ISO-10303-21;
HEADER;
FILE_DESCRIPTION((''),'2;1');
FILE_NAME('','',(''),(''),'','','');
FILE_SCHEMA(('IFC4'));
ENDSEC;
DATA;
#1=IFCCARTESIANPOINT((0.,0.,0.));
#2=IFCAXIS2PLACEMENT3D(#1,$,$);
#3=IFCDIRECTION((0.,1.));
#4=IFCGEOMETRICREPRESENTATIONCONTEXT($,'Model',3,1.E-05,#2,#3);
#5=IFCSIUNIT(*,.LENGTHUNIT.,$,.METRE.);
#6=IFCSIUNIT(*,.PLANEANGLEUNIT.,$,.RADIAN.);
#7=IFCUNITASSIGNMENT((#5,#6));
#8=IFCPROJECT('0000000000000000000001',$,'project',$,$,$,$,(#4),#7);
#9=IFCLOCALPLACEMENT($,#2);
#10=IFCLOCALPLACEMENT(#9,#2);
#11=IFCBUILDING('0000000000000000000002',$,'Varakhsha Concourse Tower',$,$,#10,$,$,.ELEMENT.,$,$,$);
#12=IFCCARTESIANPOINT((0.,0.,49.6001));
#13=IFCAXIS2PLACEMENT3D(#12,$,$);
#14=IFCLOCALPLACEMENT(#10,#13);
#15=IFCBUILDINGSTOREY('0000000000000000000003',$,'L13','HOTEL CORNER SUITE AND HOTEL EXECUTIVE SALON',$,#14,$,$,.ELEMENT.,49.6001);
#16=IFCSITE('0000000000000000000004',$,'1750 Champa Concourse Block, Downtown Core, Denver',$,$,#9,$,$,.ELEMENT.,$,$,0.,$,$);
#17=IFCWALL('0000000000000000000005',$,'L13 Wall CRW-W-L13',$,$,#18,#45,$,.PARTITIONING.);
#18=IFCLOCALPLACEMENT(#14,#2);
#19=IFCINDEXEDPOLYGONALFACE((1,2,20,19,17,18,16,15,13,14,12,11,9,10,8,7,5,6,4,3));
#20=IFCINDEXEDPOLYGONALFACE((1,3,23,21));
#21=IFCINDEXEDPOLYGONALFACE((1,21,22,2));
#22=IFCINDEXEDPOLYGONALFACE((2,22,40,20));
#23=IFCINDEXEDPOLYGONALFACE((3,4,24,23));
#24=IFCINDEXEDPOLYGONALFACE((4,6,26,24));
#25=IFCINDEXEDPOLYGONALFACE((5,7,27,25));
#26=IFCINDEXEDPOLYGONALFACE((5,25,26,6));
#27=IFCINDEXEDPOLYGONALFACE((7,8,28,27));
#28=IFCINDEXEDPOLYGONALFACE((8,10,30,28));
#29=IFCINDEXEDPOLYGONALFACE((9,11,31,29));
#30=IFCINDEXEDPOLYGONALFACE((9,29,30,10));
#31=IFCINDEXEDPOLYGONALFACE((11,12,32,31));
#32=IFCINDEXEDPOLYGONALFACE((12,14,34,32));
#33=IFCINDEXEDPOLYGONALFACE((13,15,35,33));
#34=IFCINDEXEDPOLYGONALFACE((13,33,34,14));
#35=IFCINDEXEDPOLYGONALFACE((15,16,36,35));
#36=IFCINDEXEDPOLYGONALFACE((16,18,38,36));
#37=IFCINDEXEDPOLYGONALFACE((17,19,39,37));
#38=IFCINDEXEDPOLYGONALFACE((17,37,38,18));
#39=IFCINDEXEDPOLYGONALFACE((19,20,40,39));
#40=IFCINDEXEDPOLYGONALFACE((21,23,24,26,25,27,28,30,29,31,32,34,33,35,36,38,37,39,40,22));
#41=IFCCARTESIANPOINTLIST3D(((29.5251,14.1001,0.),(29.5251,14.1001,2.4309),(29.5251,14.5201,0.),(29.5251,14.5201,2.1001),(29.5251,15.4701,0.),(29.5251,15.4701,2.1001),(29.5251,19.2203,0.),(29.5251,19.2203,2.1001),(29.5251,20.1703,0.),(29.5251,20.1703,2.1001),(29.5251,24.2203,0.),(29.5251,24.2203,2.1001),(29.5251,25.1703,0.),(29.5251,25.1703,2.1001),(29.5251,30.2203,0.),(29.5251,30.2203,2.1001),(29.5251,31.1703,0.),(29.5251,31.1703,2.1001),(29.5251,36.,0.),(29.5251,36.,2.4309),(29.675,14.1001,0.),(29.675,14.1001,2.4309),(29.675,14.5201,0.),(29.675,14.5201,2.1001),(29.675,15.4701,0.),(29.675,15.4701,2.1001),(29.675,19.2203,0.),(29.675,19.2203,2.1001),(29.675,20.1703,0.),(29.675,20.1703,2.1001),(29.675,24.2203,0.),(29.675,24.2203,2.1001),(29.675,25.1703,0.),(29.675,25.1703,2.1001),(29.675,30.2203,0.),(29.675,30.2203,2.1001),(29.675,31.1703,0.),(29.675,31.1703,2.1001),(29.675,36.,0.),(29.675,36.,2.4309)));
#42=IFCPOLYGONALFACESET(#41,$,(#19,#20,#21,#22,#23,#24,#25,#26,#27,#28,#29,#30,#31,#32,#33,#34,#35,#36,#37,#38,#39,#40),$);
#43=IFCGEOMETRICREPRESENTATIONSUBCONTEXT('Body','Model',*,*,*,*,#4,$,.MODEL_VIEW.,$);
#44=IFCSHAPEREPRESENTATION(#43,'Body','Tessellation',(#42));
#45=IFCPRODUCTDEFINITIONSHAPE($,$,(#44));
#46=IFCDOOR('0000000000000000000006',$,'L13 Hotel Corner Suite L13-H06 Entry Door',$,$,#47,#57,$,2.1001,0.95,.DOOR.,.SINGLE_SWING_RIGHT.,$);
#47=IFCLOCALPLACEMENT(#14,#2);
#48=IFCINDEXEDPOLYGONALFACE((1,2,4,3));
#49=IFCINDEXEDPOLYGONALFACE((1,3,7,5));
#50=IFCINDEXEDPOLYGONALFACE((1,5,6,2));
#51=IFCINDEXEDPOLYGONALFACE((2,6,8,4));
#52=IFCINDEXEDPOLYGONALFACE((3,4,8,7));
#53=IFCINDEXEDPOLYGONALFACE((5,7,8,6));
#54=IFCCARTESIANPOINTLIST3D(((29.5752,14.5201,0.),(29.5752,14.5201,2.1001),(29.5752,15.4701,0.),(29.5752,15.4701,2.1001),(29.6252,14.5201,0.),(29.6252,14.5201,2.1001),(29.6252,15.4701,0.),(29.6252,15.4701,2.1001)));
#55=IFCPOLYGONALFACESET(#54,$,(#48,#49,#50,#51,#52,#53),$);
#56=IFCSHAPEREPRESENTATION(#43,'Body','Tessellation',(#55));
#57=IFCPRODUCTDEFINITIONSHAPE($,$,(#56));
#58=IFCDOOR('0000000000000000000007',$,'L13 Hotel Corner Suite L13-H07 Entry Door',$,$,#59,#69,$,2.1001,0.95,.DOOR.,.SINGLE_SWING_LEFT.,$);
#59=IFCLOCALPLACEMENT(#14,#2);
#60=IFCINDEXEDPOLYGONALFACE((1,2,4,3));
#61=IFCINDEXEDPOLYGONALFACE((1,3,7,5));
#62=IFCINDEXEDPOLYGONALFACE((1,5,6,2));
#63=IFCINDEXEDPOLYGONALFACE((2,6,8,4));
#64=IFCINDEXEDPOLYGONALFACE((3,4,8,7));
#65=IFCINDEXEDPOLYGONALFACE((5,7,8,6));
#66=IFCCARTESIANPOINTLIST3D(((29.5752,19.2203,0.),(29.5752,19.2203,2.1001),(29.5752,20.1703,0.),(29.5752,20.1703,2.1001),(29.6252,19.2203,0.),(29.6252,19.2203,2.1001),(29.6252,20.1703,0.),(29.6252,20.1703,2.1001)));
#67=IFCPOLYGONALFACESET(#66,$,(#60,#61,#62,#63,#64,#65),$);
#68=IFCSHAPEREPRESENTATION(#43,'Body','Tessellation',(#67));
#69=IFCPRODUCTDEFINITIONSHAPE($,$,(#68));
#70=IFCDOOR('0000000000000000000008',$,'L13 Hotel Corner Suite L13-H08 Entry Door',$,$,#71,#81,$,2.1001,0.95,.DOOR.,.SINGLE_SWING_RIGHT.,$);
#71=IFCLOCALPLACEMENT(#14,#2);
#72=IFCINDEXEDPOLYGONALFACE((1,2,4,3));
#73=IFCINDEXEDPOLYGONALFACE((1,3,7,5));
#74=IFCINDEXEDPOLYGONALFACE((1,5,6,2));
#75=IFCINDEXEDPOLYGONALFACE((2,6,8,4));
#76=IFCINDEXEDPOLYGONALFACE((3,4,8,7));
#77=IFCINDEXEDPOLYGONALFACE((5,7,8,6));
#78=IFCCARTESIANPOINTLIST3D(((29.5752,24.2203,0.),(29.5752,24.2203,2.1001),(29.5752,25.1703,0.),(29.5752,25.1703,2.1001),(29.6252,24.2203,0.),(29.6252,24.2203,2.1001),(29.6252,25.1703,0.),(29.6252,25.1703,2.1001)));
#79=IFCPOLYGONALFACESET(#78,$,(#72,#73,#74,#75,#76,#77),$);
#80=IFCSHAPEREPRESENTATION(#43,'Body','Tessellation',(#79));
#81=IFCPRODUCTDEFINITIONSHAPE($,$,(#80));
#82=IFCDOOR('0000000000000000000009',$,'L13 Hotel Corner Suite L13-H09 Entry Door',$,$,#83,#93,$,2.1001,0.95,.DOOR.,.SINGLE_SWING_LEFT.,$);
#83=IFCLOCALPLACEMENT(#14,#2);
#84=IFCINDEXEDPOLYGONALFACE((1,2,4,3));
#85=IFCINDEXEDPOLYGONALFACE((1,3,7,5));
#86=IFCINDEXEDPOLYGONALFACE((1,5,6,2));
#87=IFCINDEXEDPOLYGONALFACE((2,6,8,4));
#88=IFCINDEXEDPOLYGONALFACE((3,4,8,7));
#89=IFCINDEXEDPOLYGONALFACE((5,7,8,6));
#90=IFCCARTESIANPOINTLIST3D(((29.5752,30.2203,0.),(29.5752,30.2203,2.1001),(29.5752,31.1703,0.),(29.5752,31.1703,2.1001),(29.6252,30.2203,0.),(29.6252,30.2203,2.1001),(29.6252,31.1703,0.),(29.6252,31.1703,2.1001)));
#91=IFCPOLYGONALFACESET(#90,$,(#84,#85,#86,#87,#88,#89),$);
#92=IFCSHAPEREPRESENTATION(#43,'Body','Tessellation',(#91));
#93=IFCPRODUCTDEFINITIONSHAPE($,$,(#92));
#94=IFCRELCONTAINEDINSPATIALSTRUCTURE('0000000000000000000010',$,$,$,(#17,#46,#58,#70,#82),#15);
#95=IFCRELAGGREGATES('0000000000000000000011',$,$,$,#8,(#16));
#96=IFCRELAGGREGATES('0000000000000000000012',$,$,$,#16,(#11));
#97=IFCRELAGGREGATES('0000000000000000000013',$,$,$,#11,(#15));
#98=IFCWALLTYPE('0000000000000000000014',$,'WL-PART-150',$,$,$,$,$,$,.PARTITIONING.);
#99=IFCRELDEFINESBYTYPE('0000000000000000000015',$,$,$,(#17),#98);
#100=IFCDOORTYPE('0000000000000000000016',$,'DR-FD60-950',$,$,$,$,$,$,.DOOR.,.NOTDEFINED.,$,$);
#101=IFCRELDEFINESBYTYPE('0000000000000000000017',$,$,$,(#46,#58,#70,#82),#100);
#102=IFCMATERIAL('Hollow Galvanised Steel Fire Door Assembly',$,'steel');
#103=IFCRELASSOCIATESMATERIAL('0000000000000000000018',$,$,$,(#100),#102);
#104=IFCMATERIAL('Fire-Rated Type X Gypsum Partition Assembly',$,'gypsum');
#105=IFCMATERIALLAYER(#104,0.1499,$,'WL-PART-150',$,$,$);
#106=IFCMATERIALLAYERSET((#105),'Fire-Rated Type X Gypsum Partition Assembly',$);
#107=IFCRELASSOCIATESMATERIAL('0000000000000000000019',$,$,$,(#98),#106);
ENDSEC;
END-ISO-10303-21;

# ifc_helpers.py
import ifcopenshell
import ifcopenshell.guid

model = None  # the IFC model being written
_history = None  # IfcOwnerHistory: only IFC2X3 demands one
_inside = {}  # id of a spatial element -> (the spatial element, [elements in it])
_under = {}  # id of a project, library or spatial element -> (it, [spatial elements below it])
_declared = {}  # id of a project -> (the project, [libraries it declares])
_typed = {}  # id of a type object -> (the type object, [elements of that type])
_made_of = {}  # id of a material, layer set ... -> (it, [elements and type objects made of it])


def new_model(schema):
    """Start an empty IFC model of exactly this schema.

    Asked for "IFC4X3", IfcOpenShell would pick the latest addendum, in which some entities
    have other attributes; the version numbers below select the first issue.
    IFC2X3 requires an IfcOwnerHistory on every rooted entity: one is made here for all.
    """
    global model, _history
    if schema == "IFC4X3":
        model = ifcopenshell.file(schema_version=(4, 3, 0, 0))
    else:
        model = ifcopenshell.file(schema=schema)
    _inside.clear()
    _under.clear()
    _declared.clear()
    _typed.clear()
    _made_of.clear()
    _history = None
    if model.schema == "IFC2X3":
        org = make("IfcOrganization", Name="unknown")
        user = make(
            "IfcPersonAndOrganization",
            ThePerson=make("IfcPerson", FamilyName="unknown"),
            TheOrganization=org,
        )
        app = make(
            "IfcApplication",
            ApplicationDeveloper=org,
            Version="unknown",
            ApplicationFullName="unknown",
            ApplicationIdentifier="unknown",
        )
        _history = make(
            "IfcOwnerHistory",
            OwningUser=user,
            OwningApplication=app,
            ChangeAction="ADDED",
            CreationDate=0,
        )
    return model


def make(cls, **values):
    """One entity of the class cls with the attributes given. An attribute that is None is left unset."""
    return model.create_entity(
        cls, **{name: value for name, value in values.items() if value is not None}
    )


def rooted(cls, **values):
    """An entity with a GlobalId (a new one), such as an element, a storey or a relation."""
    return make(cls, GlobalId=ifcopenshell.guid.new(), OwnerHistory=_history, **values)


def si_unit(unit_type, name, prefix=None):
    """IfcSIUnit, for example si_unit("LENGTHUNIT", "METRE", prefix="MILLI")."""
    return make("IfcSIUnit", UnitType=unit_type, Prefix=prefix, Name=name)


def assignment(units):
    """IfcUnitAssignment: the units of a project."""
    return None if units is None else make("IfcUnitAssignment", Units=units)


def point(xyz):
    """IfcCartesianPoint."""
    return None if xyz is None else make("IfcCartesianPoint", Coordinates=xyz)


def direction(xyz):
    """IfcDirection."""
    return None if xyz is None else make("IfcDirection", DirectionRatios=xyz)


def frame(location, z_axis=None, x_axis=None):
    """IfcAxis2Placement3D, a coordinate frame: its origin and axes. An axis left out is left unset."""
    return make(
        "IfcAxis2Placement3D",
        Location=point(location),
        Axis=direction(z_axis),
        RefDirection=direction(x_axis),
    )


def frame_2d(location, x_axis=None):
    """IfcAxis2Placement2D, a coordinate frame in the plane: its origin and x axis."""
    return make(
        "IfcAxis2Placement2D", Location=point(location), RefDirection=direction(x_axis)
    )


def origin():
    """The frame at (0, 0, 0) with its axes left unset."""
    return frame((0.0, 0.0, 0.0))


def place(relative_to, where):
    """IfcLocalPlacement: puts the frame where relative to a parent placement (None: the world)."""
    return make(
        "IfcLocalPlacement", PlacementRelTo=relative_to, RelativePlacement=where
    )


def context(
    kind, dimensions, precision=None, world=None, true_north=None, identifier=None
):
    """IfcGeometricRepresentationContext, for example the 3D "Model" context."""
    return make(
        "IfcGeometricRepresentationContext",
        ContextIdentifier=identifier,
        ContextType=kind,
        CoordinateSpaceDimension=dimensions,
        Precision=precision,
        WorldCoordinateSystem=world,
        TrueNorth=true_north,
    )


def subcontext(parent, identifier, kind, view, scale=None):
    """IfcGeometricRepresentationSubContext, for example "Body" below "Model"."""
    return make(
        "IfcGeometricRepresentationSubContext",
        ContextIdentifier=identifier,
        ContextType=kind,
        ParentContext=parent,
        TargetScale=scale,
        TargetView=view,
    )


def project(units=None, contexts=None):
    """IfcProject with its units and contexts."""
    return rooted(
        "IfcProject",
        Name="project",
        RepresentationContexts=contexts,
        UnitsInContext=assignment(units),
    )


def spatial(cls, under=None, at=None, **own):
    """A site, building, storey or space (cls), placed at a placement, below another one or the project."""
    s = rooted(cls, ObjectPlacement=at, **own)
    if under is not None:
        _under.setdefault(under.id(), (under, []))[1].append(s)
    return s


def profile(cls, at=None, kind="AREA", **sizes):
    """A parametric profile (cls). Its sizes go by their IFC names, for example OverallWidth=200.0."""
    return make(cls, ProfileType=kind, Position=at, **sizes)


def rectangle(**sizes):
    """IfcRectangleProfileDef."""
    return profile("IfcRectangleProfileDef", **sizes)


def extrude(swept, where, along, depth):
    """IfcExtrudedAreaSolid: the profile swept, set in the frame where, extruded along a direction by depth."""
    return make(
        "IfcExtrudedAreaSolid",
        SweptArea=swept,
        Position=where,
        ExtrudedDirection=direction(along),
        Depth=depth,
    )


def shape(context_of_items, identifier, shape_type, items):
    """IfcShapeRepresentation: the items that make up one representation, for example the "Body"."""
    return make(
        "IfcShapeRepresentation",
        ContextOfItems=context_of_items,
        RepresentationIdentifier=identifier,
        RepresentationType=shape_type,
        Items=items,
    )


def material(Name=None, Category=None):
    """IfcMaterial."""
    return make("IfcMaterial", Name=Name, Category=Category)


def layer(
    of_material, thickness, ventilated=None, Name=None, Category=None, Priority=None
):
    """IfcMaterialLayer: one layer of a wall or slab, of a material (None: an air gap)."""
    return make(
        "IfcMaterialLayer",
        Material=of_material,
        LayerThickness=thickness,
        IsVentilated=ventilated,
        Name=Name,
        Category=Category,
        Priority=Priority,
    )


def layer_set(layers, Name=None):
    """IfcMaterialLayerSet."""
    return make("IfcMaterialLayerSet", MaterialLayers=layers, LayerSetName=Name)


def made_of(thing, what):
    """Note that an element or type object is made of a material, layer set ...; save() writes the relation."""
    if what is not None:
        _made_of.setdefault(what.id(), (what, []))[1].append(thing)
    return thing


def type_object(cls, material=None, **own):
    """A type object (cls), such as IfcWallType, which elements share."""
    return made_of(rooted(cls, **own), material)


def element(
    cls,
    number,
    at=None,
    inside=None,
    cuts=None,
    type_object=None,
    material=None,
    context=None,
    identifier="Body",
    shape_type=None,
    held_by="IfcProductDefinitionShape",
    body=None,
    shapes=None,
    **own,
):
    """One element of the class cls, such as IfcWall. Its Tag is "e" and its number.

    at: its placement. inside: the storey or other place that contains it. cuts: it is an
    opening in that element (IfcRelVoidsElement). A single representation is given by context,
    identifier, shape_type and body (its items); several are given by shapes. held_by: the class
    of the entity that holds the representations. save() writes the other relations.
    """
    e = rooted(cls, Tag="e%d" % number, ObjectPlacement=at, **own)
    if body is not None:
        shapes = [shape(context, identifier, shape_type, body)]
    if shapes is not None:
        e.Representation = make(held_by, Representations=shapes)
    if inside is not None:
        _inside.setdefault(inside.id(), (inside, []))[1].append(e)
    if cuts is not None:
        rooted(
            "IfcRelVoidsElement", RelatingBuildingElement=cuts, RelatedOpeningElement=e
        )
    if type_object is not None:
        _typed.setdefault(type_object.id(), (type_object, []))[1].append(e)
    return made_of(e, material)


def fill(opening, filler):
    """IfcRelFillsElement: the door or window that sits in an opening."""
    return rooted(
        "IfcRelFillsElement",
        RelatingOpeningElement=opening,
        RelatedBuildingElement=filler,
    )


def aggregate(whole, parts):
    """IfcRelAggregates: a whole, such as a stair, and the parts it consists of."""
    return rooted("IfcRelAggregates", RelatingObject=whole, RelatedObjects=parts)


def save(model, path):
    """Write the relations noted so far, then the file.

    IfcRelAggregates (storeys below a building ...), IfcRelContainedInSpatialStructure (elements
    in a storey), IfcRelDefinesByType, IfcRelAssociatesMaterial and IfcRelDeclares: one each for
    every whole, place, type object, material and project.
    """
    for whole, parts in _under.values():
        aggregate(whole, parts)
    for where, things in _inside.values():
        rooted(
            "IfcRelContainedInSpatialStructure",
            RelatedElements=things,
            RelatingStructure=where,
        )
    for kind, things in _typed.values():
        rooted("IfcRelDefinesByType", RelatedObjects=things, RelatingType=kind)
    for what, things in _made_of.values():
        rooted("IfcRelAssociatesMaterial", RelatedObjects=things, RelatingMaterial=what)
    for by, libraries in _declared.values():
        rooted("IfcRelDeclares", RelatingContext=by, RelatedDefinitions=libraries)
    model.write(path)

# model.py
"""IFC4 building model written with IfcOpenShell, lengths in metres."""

from ifc_helpers import new_model, si_unit, direction, frame, frame_2d, origin, place, context, subcontext, project, spatial, rectangle, extrude, material, layer, layer_set, type_object, element, fill, save


model = new_model("IFC4")

# Units and contexts
model_context = context("Model", 3, precision=1e-05, world=origin(), true_north=direction((0.0, 1.0)))
body_context = subcontext(model_context, "Body", "Model", "MODEL_VIEW")
ifc_project = project(units=[si_unit("LENGTHUNIT", "METRE"), si_unit("PLANEANGLEUNIT", "RADIAN")], contexts=[model_context])

# Site, building, storey
site_placement = place(None, origin())
site = spatial("IfcSite", under=ifc_project, at=site_placement, Name="1750 Champa Concourse Block, Downtown Core, Denver", CompositionType="ELEMENT", RefElevation=0.0)
building_placement = place(site_placement, origin())
building = spatial("IfcBuilding", under=site, at=building_placement, Name="Varakhsha Concourse Tower", CompositionType="ELEMENT")
storey_placement = place(building_placement, frame((0.0, 0.0, 49.6001)))
storey = spatial("IfcBuildingStorey", under=building, at=storey_placement, Name="L13", Description="HOTEL CORNER SUITE AND HOTEL EXECUTIVE SALON", CompositionType="ELEMENT", Elevation=49.6001)

# Shared definitions
ifc_material_1 = material(Name="Hollow Galvanised Steel Fire Door Assembly", Category="steel")
door_type_1 = type_object("IfcDoorType", Name="DR-FD60-950", OperationType="NOTDEFINED", PredefinedType="DOOR", material=ifc_material_1)

# Wall, openings, doors
ifc_material_2 = material(Name="Fire-Rated Type X Gypsum Partition Assembly", Category="gypsum")
ifc_layer_1 = layer(ifc_material_2, 0.1499, Name="WL-PART-150")
ifc_layer_set_1 = layer_set([ifc_layer_1], Name="Fire-Rated Type X Gypsum Partition Assembly")
wall_type_1 = type_object("IfcWallType", Name="WL-PART-150", PredefinedType="PARTITIONING", material=ifc_layer_set_1)
wall_1_placement = place(storey_placement, frame((29.6001, 14.1001, 0.0), z_axis=(0.0, 0.0, 1.0), x_axis=(0.0, 1.0, 0.0)))
wall_1 = element("IfcWall", 1, at=wall_1_placement, inside=storey, type_object=wall_type_1, Name="L13 Wall CRW-W-L13", PredefinedType="PARTITIONING", context=body_context, shape_type="SweptSolid", body=[
    extrude(rectangle(XDim=21.8999, YDim=0.1499, at=frame_2d((10.95, 0.0))), origin(), (0.0, 0.0, 1.0), 2.4309),
])
opening_1_placement = place(wall_1_placement, frame((0.4199, 0.0, 0.0)))
opening_1 = element("IfcOpeningElement", 2, at=opening_1_placement, cuts=wall_1, PredefinedType="OPENING", context=body_context, shape_type="SweptSolid", body=[
    extrude(rectangle(XDim=0.95, YDim=2.1001, at=frame_2d((0.4751, 1.05))), frame((0.0, 0.085, 0.0), z_axis=(0.0, -1.0, 0.0), x_axis=(1.0, 0.0, 0.0)), (0.0, 0.0, 1.0), 0.1699),
])
opening_2_placement = place(wall_1_placement, frame((5.1201, 0.0, 0.0)))
opening_2 = element("IfcOpeningElement", 3, at=opening_2_placement, cuts=wall_1, PredefinedType="OPENING", context=body_context, shape_type="SweptSolid", body=[
    extrude(rectangle(XDim=0.95, YDim=2.1001, at=frame_2d((0.4751, 1.05))), frame((0.0, 0.085, 0.0), z_axis=(0.0, -1.0, 0.0), x_axis=(1.0, 0.0, 0.0)), (0.0, 0.0, 1.0), 0.1699),
])
opening_3_placement = place(wall_1_placement, frame((10.1201, 0.0, 0.0)))
opening_3 = element("IfcOpeningElement", 4, at=opening_3_placement, cuts=wall_1, PredefinedType="OPENING", context=body_context, shape_type="SweptSolid", body=[
    extrude(rectangle(XDim=0.95, YDim=2.1001, at=frame_2d((0.4751, 1.05))), frame((0.0, 0.085, 0.0), z_axis=(0.0, -1.0, 0.0), x_axis=(1.0, 0.0, 0.0)), (0.0, 0.0, 1.0), 0.1699),
])
opening_4_placement = place(wall_1_placement, frame((16.1201, 0.0, 0.0)))
opening_4 = element("IfcOpeningElement", 5, at=opening_4_placement, cuts=wall_1, PredefinedType="OPENING", context=body_context, shape_type="SweptSolid", body=[
    extrude(rectangle(XDim=0.95, YDim=2.1001, at=frame_2d((0.4751, 1.05))), frame((0.0, 0.085, 0.0), z_axis=(0.0, -1.0, 0.0), x_axis=(1.0, 0.0, 0.0)), (0.0, 0.0, 1.0), 0.1699),
])
door_1_placement = place(opening_1_placement, origin())
door_1 = element("IfcDoor", 6, at=door_1_placement, inside=storey, type_object=door_type_1, Name="L13 Hotel Corner Suite L13-H06 Entry Door", OperationType="SINGLE_SWING_RIGHT", OverallHeight=2.1001, OverallWidth=0.95, PredefinedType="DOOR", context=body_context, shape_type="SweptSolid", body=[
    extrude(rectangle(XDim=0.95, YDim=2.1001, at=frame_2d((0.4751, 1.05))), frame((0.0, 0.0249, 0.0), z_axis=(0.0, -1.0, 0.0), x_axis=(1.0, 0.0, 0.0)), (0.0, 0.0, 1.0), 0.05),
])
fill(opening_1, door_1)
door_2_placement = place(opening_2_placement, origin())
door_2 = element("IfcDoor", 7, at=door_2_placement, inside=storey, type_object=door_type_1, Name="L13 Hotel Corner Suite L13-H07 Entry Door", OperationType="SINGLE_SWING_LEFT", OverallHeight=2.1001, OverallWidth=0.95, PredefinedType="DOOR", context=body_context, shape_type="SweptSolid", body=[
    extrude(rectangle(XDim=0.95, YDim=2.1001, at=frame_2d((0.4751, 1.05))), frame((0.0, 0.0249, 0.0), z_axis=(0.0, -1.0, 0.0), x_axis=(1.0, 0.0, 0.0)), (0.0, 0.0, 1.0), 0.05),
])
fill(opening_2, door_2)
door_3_placement = place(opening_3_placement, origin())
door_3 = element("IfcDoor", 8, at=door_3_placement, inside=storey, type_object=door_type_1, Name="L13 Hotel Corner Suite L13-H08 Entry Door", OperationType="SINGLE_SWING_RIGHT", OverallHeight=2.1001, OverallWidth=0.95, PredefinedType="DOOR", context=body_context, shape_type="SweptSolid", body=[
    extrude(rectangle(XDim=0.95, YDim=2.1001, at=frame_2d((0.4751, 1.05))), frame((0.0, 0.0249, 0.0), z_axis=(0.0, -1.0, 0.0), x_axis=(1.0, 0.0, 0.0)), (0.0, 0.0, 1.0), 0.05),
])
fill(opening_3, door_3)
door_4_placement = place(opening_4_placement, origin())
door_4 = element("IfcDoor", 9, at=door_4_placement, inside=storey, type_object=door_type_1, Name="L13 Hotel Corner Suite L13-H09 Entry Door", OperationType="SINGLE_SWING_LEFT", OverallHeight=2.1001, OverallWidth=0.95, PredefinedType="DOOR", context=body_context, shape_type="SweptSolid", body=[
    extrude(rectangle(XDim=0.95, YDim=2.1001, at=frame_2d((0.4751, 1.05))), frame((0.0, 0.0249, 0.0), z_axis=(0.0, -1.0, 0.0), x_axis=(1.0, 0.0, 0.0)), (0.0, 0.0, 1.0), 0.05),
])
fill(opening_4, door_4)

save(model, "model.ifc")
